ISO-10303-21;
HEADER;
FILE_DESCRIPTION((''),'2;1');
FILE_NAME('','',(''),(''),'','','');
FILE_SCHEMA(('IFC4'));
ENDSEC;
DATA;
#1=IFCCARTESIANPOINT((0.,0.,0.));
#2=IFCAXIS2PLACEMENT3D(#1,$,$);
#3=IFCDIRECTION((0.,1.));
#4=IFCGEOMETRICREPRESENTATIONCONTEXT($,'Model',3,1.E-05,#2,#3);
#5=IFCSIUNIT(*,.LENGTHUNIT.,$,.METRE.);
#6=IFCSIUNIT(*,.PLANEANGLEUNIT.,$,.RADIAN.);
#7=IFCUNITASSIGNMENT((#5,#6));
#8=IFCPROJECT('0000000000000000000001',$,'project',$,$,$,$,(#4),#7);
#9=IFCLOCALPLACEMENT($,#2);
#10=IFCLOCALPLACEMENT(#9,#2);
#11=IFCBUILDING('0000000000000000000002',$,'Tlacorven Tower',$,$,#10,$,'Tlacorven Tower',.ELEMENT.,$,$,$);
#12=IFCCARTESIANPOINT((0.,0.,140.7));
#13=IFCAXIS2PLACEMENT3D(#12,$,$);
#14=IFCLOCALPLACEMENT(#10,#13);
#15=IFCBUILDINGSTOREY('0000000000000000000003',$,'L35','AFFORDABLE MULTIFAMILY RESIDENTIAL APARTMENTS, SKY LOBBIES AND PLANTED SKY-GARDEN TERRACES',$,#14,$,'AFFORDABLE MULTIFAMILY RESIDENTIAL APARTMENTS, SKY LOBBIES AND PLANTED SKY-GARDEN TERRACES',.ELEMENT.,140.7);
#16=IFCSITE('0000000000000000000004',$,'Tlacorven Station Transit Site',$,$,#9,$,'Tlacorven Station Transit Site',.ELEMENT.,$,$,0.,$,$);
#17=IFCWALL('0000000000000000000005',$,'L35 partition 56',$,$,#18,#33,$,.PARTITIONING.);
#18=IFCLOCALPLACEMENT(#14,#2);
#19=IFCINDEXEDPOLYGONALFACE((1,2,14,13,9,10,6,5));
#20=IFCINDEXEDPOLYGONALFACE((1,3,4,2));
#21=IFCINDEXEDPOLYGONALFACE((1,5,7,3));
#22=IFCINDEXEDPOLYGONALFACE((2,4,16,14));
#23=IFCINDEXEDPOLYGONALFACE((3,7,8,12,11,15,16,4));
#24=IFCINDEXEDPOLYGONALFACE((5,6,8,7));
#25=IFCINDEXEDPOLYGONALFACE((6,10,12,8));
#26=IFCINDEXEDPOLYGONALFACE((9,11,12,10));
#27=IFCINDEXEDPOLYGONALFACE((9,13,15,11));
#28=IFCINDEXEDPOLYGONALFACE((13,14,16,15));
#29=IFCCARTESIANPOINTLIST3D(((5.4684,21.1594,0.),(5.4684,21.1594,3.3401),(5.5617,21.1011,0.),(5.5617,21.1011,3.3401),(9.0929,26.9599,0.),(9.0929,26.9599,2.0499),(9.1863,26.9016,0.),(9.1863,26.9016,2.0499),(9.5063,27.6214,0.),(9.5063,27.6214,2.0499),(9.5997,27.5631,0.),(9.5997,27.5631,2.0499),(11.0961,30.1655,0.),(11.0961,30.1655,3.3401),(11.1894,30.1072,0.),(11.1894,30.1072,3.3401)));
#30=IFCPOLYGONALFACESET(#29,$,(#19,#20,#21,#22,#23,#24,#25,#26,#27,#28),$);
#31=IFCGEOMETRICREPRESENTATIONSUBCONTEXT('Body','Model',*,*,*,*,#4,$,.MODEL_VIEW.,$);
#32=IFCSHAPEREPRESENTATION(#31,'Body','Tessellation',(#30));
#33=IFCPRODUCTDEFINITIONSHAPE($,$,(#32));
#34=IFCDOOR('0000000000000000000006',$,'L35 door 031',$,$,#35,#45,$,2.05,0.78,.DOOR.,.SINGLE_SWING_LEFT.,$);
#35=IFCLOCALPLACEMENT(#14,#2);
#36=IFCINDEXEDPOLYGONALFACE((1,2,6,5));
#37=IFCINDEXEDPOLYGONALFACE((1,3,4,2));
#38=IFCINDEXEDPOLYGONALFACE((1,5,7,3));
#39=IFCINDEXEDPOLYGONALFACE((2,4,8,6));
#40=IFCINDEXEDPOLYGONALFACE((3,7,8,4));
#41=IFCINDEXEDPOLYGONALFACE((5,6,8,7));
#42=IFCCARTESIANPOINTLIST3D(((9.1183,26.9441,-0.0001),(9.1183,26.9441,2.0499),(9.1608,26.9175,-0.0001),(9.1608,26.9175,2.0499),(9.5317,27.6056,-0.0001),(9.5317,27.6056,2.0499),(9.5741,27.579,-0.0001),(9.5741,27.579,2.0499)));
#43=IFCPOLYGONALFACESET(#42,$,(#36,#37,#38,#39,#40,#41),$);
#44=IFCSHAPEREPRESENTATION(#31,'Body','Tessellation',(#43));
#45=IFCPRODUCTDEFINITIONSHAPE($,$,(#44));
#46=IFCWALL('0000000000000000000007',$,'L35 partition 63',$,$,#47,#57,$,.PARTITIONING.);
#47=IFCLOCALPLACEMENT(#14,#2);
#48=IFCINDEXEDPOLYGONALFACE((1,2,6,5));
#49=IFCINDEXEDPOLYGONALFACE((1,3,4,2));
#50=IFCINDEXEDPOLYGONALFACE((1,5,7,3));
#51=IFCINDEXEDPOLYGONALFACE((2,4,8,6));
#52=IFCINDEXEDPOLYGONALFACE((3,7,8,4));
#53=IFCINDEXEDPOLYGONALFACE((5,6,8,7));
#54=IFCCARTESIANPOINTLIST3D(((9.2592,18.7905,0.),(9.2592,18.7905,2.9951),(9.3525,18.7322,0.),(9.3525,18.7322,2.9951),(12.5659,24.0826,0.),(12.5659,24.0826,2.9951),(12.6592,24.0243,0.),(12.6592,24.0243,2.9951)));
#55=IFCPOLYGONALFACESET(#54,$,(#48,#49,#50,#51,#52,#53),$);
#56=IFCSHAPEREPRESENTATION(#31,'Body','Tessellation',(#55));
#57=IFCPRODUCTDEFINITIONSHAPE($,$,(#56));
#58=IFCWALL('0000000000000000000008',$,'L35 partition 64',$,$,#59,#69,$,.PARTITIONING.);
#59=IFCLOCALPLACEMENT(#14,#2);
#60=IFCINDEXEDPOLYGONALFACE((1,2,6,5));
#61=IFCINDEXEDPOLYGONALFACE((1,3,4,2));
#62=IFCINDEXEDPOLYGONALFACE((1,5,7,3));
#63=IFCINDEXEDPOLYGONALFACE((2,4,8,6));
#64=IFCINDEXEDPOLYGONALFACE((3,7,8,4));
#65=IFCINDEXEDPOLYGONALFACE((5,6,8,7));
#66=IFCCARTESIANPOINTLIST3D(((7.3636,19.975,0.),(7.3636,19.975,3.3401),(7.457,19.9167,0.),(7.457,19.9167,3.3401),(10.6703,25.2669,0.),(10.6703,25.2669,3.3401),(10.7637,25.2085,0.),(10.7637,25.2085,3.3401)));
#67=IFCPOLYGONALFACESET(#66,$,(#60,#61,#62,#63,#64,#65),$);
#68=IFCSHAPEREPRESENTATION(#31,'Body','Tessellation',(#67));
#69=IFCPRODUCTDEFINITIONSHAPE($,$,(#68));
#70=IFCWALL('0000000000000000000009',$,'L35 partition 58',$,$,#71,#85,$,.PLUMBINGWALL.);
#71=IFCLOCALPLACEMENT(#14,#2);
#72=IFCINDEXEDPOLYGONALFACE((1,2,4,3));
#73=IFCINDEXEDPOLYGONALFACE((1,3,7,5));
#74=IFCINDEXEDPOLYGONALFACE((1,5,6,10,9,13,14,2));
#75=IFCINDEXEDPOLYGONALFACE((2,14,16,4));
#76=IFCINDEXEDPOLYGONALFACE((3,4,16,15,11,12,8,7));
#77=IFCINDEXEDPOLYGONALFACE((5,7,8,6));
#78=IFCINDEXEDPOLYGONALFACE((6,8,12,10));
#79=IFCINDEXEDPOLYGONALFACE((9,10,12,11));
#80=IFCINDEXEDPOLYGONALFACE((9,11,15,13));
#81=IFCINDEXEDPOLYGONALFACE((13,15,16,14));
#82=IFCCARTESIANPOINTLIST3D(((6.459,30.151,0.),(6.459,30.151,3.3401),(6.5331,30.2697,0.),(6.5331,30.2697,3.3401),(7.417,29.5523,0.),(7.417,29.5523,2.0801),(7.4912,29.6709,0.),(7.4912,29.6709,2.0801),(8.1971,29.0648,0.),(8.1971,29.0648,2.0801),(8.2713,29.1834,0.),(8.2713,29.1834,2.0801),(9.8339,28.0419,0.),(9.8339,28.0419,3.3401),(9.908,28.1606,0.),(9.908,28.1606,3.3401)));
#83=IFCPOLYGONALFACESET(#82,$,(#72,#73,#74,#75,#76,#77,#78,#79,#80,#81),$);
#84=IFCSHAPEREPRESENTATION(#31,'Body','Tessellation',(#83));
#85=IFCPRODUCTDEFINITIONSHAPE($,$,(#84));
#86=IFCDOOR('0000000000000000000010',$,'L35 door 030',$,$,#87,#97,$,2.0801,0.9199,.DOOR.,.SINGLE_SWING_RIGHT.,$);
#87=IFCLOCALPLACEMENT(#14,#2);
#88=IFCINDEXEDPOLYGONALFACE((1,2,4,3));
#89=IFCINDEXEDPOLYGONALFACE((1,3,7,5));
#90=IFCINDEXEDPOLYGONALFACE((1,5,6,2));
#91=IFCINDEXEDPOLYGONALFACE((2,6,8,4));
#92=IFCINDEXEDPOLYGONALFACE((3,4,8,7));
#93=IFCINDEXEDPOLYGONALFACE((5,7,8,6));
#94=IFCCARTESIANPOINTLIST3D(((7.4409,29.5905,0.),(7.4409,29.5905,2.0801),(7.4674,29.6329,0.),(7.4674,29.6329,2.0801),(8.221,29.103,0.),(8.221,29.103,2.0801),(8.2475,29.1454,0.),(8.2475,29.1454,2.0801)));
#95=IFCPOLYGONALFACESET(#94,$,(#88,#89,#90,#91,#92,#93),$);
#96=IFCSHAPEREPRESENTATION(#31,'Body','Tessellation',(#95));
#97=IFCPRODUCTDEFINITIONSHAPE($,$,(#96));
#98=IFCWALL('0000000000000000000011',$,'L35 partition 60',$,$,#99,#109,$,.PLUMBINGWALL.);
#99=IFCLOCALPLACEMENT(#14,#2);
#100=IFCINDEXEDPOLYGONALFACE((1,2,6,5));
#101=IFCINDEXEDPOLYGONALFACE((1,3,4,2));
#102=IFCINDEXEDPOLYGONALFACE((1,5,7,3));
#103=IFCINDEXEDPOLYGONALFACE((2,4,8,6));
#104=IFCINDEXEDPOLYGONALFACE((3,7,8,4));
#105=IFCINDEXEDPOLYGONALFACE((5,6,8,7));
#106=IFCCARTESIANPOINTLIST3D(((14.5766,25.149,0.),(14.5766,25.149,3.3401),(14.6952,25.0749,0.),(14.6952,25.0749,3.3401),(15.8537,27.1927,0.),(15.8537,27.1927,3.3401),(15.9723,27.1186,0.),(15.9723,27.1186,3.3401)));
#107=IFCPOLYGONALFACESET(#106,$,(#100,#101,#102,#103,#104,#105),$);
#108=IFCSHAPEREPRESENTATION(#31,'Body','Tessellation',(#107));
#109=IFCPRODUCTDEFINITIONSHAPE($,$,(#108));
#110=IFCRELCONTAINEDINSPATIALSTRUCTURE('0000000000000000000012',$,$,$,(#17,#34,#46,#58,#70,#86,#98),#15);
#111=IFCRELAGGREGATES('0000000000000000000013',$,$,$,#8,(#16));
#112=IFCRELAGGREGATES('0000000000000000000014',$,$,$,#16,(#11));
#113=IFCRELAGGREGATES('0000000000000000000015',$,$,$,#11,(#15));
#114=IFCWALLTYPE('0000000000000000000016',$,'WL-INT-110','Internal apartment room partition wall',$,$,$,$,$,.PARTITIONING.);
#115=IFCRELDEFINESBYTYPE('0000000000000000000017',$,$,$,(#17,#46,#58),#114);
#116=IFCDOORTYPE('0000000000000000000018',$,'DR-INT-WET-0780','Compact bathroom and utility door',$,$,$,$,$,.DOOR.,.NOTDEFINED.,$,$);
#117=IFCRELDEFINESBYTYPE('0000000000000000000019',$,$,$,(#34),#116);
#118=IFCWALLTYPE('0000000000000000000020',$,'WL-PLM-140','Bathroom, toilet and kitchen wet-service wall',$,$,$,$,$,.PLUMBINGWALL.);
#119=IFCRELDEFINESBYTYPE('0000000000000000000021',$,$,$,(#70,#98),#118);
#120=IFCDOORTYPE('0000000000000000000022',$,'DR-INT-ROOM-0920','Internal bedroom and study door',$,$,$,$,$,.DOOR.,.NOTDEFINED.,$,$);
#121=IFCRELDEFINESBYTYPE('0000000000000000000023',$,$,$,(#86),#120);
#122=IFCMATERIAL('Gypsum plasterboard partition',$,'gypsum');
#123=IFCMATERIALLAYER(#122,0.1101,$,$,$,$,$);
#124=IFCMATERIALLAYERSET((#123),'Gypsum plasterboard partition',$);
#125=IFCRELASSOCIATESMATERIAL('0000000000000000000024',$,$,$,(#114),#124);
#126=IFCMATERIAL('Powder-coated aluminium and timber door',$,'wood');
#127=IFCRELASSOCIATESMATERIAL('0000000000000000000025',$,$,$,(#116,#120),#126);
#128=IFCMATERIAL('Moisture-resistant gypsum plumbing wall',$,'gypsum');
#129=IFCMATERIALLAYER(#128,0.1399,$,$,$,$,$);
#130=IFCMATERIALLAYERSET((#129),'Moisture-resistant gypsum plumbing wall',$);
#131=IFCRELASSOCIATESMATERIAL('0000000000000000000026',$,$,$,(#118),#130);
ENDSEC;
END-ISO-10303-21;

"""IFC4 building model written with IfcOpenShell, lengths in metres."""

from ifc_helpers import new_model, si_unit, direction, frame, frame_2d, origin, place, context, subcontext, project, spatial, rectangle, extrude, source, transform, mapped, material, layer, layer_set, type_object, element, fill, save


model = new_model("IFC4")

# Units and contexts
model_context = context("Model", 3, precision=1e-05, world=origin(), true_north=direction((0.0, 1.0)))
body_context = subcontext(model_context, "Body", "Model", "MODEL_VIEW")
ifc_project = project(units=[si_unit("LENGTHUNIT", "METRE"), si_unit("PLANEANGLEUNIT", "RADIAN")], contexts=[model_context])

# Site, building, storey
site_placement = place(None, origin())
site = spatial("IfcSite", under=ifc_project, at=site_placement, Name="Tlacorven Station Transit Site", LongName="Tlacorven Station Transit Site", CompositionType="ELEMENT", RefElevation=0.0)
building_placement = place(site_placement, origin())
building = spatial("IfcBuilding", under=site, at=building_placement, Name="Tlacorven Tower", LongName="Tlacorven Tower", CompositionType="ELEMENT")
storey_placement = place(building_placement, frame((0.0, 0.0, 140.7)))
storey = spatial("IfcBuildingStorey", under=building, at=storey_placement, Name="L35", Description="AFFORDABLE MULTIFAMILY RESIDENTIAL APARTMENTS, SKY LOBBIES AND PLANTED SKY-GARDEN TERRACES", LongName="AFFORDABLE MULTIFAMILY RESIDENTIAL APARTMENTS, SKY LOBBIES AND PLANTED SKY-GARDEN TERRACES", CompositionType="ELEMENT", Elevation=140.7)

# Wall, opening, door
ifc_material_1 = material(Name="Gypsum plasterboard partition", Category="gypsum")
ifc_layer_1 = layer(ifc_material_1, 0.1101)
ifc_layer_set_1 = layer_set([ifc_layer_1], Name="Gypsum plasterboard partition")
wall_type_1 = type_object("IfcWallType", Name="WL-INT-110", Description="Internal apartment room partition wall", PredefinedType="PARTITIONING", material=ifc_layer_set_1)
wall_1_placement = place(storey_placement, frame((11.1428, 30.1365, 0.0), z_axis=(0.0, 0.0, 1.0), x_axis=(-0.529922, -0.848046, 0.0)))
wall_1 = element("IfcWall", 1, at=wall_1_placement, inside=storey, type_object=wall_type_1, Name="L35 partition 56", PredefinedType="PARTITIONING", context=body_context, shape_type="SweptSolid", body=[
    extrude(rectangle(XDim=10.6199, YDim=0.1101, at=frame_2d((5.3101, 0.0))), origin(), (0.0, 0.0, 1.0), 3.3401),
])
opening_1_placement = place(wall_1_placement, frame((3.0, 0.0, 0.0)))
opening_1 = element("IfcOpeningElement", 2, at=opening_1_placement, cuts=wall_1, PredefinedType="OPENING", context=body_context, shape_type="SweptSolid", body=[
    extrude(rectangle(XDim=0.78, YDim=2.05, at=frame_2d((0.3901, 1.0249))), frame((0.0, 0.0649, 0.0), z_axis=(0.0, -1.0, 0.0), x_axis=(1.0, 0.0, 0.0)), (0.0, 0.0, 1.0), 0.1301),
])
ifc_material_2 = material(Name="Powder-coated aluminium and timber door", Category="wood")
door_type_1 = type_object("IfcDoorType", Name="DR-INT-WET-0780", Description="Compact bathroom and utility door", OperationType="NOTDEFINED", PredefinedType="DOOR", material=ifc_material_2)
shared_shape_1 = source(origin(), body_context, "Body", "SweptSolid", [
    extrude(rectangle(XDim=0.78, YDim=2.05, at=frame_2d((0.3901, 1.0249))), frame((0.0, 0.0249, 0.0), z_axis=(0.0, -1.0, 0.0), x_axis=(1.0, 0.0, 0.0)), (0.0, 0.0, 1.0), 0.05),
])
door_1_placement = place(opening_1_placement, origin())
door_1 = element("IfcDoor", 3, at=door_1_placement, inside=storey, type_object=door_type_1, Name="L35 door 031", OperationType="SINGLE_SWING_LEFT", OverallHeight=2.05, OverallWidth=0.78, PredefinedType="DOOR", context=body_context, shape_type="MappedRepresentation", body=[
    mapped(shared_shape_1, transform((0.0, 0.0, 0.0), scale=1.0)),
])
fill(opening_1, door_1)

# Walls
wall_2_placement = place(storey_placement, frame((12.6125, 24.0535, 0.0), z_axis=(0.0, 0.0, 1.0), x_axis=(-0.5299, -0.84806, 0.0)))
element("IfcWall", 4, at=wall_2_placement, inside=storey, type_object=wall_type_1, Name="L35 partition 63", PredefinedType="PARTITIONING", context=body_context, shape_type="SweptSolid", body=[
    extrude(rectangle(XDim=6.2402, YDim=0.1101, at=frame_2d((3.1201, 0.0))), origin(), (0.0, 0.0, 1.0), 2.9951),
])
wall_3_placement = place(storey_placement, frame((10.717, 25.2378, 0.0), z_axis=(0.0, 0.0, 1.0), x_axis=(-0.529918, -0.848049, 0.0)))
element("IfcWall", 5, at=wall_3_placement, inside=storey, type_object=wall_type_1, Name="L35 partition 64", PredefinedType="PARTITIONING", context=body_context, shape_type="SweptSolid", body=[
    extrude(rectangle(XDim=6.24, YDim=0.1101, at=frame_2d((3.1201, 0.0))), origin(), (0.0, 0.0, 1.0), 3.3401),
])

# Wall, opening, door
ifc_material_3 = material(Name="Moisture-resistant gypsum plumbing wall", Category="gypsum")
ifc_layer_2 = layer(ifc_material_3, 0.1399)
ifc_layer_set_2 = layer_set([ifc_layer_2], Name="Moisture-resistant gypsum plumbing wall")
wall_type_2 = type_object("IfcWallType", Name="WL-PLM-140", Description="Bathroom, toilet and kitchen wet-service wall", PredefinedType="PLUMBINGWALL", material=ifc_layer_set_2)
wall_4_placement = place(storey_placement, frame((9.8708, 28.1013, 0.0), z_axis=(0.0, 0.0, 1.0), x_axis=(-0.848026, 0.529955, 0.0)))
wall_4 = element("IfcWall", 6, at=wall_4_placement, inside=storey, type_object=wall_type_2, Name="L35 partition 58", PredefinedType="PLUMBINGWALL", context=body_context, shape_type="SweptSolid", body=[
    extrude(rectangle(XDim=3.9797, YDim=0.1399, at=frame_2d((1.9897, 0.0))), origin(), (0.0, 0.0, 1.0), 3.3401),
])
opening_2_placement = place(wall_4_placement, frame((1.9299, 0.0, 0.0)))
opening_2 = element("IfcOpeningElement", 7, at=opening_2_placement, cuts=wall_4, PredefinedType="OPENING", context=body_context, shape_type="SweptSolid", body=[
    extrude(rectangle(XDim=0.9199, YDim=2.0801, at=frame_2d((0.46, 1.04))), frame((0.0, 0.0801, 0.0), z_axis=(0.0, -1.0, 0.0), x_axis=(1.0, 0.0, 0.0)), (0.0, 0.0, 1.0), 0.1599),
])
door_type_2 = type_object("IfcDoorType", Name="DR-INT-ROOM-0920", Description="Internal bedroom and study door", OperationType="NOTDEFINED", PredefinedType="DOOR", material=ifc_material_2)
shared_shape_2 = source(origin(), body_context, "Body", "SweptSolid", [
    extrude(rectangle(XDim=0.9199, YDim=2.0801, at=frame_2d((0.46, 1.04))), frame((0.0, 0.0249, 0.0), z_axis=(0.0, -1.0, 0.0), x_axis=(1.0, 0.0, 0.0)), (0.0, 0.0, 1.0), 0.05),
])
door_2_placement = place(opening_2_placement, origin())
door_2 = element("IfcDoor", 8, at=door_2_placement, inside=storey, type_object=door_type_2, Name="L35 door 030", OperationType="SINGLE_SWING_RIGHT", OverallHeight=2.0801, OverallWidth=0.9199, PredefinedType="DOOR", context=body_context, shape_type="MappedRepresentation", body=[
    mapped(shared_shape_2, transform((0.0, 0.0, 0.0), scale=1.0)),
])
fill(opening_2, door_2)

# Wall
wall_5_placement = place(storey_placement, frame((15.9131, 27.1558, 0.0), z_axis=(0.0, 0.0, 1.0), x_axis=(-0.529935, -0.848038, 0.0)))
element("IfcWall", 9, at=wall_5_placement, inside=storey, type_object=wall_type_2, Name="L35 partition 60", PredefinedType="PLUMBINGWALL", context=body_context, shape_type="SweptSolid", body=[
    extrude(rectangle(XDim=2.4099, YDim=0.1399, at=frame_2d((1.2051, 0.0))), origin(), (0.0, 0.0, 1.0), 3.3401),
])

save(model, "model.ifc")
